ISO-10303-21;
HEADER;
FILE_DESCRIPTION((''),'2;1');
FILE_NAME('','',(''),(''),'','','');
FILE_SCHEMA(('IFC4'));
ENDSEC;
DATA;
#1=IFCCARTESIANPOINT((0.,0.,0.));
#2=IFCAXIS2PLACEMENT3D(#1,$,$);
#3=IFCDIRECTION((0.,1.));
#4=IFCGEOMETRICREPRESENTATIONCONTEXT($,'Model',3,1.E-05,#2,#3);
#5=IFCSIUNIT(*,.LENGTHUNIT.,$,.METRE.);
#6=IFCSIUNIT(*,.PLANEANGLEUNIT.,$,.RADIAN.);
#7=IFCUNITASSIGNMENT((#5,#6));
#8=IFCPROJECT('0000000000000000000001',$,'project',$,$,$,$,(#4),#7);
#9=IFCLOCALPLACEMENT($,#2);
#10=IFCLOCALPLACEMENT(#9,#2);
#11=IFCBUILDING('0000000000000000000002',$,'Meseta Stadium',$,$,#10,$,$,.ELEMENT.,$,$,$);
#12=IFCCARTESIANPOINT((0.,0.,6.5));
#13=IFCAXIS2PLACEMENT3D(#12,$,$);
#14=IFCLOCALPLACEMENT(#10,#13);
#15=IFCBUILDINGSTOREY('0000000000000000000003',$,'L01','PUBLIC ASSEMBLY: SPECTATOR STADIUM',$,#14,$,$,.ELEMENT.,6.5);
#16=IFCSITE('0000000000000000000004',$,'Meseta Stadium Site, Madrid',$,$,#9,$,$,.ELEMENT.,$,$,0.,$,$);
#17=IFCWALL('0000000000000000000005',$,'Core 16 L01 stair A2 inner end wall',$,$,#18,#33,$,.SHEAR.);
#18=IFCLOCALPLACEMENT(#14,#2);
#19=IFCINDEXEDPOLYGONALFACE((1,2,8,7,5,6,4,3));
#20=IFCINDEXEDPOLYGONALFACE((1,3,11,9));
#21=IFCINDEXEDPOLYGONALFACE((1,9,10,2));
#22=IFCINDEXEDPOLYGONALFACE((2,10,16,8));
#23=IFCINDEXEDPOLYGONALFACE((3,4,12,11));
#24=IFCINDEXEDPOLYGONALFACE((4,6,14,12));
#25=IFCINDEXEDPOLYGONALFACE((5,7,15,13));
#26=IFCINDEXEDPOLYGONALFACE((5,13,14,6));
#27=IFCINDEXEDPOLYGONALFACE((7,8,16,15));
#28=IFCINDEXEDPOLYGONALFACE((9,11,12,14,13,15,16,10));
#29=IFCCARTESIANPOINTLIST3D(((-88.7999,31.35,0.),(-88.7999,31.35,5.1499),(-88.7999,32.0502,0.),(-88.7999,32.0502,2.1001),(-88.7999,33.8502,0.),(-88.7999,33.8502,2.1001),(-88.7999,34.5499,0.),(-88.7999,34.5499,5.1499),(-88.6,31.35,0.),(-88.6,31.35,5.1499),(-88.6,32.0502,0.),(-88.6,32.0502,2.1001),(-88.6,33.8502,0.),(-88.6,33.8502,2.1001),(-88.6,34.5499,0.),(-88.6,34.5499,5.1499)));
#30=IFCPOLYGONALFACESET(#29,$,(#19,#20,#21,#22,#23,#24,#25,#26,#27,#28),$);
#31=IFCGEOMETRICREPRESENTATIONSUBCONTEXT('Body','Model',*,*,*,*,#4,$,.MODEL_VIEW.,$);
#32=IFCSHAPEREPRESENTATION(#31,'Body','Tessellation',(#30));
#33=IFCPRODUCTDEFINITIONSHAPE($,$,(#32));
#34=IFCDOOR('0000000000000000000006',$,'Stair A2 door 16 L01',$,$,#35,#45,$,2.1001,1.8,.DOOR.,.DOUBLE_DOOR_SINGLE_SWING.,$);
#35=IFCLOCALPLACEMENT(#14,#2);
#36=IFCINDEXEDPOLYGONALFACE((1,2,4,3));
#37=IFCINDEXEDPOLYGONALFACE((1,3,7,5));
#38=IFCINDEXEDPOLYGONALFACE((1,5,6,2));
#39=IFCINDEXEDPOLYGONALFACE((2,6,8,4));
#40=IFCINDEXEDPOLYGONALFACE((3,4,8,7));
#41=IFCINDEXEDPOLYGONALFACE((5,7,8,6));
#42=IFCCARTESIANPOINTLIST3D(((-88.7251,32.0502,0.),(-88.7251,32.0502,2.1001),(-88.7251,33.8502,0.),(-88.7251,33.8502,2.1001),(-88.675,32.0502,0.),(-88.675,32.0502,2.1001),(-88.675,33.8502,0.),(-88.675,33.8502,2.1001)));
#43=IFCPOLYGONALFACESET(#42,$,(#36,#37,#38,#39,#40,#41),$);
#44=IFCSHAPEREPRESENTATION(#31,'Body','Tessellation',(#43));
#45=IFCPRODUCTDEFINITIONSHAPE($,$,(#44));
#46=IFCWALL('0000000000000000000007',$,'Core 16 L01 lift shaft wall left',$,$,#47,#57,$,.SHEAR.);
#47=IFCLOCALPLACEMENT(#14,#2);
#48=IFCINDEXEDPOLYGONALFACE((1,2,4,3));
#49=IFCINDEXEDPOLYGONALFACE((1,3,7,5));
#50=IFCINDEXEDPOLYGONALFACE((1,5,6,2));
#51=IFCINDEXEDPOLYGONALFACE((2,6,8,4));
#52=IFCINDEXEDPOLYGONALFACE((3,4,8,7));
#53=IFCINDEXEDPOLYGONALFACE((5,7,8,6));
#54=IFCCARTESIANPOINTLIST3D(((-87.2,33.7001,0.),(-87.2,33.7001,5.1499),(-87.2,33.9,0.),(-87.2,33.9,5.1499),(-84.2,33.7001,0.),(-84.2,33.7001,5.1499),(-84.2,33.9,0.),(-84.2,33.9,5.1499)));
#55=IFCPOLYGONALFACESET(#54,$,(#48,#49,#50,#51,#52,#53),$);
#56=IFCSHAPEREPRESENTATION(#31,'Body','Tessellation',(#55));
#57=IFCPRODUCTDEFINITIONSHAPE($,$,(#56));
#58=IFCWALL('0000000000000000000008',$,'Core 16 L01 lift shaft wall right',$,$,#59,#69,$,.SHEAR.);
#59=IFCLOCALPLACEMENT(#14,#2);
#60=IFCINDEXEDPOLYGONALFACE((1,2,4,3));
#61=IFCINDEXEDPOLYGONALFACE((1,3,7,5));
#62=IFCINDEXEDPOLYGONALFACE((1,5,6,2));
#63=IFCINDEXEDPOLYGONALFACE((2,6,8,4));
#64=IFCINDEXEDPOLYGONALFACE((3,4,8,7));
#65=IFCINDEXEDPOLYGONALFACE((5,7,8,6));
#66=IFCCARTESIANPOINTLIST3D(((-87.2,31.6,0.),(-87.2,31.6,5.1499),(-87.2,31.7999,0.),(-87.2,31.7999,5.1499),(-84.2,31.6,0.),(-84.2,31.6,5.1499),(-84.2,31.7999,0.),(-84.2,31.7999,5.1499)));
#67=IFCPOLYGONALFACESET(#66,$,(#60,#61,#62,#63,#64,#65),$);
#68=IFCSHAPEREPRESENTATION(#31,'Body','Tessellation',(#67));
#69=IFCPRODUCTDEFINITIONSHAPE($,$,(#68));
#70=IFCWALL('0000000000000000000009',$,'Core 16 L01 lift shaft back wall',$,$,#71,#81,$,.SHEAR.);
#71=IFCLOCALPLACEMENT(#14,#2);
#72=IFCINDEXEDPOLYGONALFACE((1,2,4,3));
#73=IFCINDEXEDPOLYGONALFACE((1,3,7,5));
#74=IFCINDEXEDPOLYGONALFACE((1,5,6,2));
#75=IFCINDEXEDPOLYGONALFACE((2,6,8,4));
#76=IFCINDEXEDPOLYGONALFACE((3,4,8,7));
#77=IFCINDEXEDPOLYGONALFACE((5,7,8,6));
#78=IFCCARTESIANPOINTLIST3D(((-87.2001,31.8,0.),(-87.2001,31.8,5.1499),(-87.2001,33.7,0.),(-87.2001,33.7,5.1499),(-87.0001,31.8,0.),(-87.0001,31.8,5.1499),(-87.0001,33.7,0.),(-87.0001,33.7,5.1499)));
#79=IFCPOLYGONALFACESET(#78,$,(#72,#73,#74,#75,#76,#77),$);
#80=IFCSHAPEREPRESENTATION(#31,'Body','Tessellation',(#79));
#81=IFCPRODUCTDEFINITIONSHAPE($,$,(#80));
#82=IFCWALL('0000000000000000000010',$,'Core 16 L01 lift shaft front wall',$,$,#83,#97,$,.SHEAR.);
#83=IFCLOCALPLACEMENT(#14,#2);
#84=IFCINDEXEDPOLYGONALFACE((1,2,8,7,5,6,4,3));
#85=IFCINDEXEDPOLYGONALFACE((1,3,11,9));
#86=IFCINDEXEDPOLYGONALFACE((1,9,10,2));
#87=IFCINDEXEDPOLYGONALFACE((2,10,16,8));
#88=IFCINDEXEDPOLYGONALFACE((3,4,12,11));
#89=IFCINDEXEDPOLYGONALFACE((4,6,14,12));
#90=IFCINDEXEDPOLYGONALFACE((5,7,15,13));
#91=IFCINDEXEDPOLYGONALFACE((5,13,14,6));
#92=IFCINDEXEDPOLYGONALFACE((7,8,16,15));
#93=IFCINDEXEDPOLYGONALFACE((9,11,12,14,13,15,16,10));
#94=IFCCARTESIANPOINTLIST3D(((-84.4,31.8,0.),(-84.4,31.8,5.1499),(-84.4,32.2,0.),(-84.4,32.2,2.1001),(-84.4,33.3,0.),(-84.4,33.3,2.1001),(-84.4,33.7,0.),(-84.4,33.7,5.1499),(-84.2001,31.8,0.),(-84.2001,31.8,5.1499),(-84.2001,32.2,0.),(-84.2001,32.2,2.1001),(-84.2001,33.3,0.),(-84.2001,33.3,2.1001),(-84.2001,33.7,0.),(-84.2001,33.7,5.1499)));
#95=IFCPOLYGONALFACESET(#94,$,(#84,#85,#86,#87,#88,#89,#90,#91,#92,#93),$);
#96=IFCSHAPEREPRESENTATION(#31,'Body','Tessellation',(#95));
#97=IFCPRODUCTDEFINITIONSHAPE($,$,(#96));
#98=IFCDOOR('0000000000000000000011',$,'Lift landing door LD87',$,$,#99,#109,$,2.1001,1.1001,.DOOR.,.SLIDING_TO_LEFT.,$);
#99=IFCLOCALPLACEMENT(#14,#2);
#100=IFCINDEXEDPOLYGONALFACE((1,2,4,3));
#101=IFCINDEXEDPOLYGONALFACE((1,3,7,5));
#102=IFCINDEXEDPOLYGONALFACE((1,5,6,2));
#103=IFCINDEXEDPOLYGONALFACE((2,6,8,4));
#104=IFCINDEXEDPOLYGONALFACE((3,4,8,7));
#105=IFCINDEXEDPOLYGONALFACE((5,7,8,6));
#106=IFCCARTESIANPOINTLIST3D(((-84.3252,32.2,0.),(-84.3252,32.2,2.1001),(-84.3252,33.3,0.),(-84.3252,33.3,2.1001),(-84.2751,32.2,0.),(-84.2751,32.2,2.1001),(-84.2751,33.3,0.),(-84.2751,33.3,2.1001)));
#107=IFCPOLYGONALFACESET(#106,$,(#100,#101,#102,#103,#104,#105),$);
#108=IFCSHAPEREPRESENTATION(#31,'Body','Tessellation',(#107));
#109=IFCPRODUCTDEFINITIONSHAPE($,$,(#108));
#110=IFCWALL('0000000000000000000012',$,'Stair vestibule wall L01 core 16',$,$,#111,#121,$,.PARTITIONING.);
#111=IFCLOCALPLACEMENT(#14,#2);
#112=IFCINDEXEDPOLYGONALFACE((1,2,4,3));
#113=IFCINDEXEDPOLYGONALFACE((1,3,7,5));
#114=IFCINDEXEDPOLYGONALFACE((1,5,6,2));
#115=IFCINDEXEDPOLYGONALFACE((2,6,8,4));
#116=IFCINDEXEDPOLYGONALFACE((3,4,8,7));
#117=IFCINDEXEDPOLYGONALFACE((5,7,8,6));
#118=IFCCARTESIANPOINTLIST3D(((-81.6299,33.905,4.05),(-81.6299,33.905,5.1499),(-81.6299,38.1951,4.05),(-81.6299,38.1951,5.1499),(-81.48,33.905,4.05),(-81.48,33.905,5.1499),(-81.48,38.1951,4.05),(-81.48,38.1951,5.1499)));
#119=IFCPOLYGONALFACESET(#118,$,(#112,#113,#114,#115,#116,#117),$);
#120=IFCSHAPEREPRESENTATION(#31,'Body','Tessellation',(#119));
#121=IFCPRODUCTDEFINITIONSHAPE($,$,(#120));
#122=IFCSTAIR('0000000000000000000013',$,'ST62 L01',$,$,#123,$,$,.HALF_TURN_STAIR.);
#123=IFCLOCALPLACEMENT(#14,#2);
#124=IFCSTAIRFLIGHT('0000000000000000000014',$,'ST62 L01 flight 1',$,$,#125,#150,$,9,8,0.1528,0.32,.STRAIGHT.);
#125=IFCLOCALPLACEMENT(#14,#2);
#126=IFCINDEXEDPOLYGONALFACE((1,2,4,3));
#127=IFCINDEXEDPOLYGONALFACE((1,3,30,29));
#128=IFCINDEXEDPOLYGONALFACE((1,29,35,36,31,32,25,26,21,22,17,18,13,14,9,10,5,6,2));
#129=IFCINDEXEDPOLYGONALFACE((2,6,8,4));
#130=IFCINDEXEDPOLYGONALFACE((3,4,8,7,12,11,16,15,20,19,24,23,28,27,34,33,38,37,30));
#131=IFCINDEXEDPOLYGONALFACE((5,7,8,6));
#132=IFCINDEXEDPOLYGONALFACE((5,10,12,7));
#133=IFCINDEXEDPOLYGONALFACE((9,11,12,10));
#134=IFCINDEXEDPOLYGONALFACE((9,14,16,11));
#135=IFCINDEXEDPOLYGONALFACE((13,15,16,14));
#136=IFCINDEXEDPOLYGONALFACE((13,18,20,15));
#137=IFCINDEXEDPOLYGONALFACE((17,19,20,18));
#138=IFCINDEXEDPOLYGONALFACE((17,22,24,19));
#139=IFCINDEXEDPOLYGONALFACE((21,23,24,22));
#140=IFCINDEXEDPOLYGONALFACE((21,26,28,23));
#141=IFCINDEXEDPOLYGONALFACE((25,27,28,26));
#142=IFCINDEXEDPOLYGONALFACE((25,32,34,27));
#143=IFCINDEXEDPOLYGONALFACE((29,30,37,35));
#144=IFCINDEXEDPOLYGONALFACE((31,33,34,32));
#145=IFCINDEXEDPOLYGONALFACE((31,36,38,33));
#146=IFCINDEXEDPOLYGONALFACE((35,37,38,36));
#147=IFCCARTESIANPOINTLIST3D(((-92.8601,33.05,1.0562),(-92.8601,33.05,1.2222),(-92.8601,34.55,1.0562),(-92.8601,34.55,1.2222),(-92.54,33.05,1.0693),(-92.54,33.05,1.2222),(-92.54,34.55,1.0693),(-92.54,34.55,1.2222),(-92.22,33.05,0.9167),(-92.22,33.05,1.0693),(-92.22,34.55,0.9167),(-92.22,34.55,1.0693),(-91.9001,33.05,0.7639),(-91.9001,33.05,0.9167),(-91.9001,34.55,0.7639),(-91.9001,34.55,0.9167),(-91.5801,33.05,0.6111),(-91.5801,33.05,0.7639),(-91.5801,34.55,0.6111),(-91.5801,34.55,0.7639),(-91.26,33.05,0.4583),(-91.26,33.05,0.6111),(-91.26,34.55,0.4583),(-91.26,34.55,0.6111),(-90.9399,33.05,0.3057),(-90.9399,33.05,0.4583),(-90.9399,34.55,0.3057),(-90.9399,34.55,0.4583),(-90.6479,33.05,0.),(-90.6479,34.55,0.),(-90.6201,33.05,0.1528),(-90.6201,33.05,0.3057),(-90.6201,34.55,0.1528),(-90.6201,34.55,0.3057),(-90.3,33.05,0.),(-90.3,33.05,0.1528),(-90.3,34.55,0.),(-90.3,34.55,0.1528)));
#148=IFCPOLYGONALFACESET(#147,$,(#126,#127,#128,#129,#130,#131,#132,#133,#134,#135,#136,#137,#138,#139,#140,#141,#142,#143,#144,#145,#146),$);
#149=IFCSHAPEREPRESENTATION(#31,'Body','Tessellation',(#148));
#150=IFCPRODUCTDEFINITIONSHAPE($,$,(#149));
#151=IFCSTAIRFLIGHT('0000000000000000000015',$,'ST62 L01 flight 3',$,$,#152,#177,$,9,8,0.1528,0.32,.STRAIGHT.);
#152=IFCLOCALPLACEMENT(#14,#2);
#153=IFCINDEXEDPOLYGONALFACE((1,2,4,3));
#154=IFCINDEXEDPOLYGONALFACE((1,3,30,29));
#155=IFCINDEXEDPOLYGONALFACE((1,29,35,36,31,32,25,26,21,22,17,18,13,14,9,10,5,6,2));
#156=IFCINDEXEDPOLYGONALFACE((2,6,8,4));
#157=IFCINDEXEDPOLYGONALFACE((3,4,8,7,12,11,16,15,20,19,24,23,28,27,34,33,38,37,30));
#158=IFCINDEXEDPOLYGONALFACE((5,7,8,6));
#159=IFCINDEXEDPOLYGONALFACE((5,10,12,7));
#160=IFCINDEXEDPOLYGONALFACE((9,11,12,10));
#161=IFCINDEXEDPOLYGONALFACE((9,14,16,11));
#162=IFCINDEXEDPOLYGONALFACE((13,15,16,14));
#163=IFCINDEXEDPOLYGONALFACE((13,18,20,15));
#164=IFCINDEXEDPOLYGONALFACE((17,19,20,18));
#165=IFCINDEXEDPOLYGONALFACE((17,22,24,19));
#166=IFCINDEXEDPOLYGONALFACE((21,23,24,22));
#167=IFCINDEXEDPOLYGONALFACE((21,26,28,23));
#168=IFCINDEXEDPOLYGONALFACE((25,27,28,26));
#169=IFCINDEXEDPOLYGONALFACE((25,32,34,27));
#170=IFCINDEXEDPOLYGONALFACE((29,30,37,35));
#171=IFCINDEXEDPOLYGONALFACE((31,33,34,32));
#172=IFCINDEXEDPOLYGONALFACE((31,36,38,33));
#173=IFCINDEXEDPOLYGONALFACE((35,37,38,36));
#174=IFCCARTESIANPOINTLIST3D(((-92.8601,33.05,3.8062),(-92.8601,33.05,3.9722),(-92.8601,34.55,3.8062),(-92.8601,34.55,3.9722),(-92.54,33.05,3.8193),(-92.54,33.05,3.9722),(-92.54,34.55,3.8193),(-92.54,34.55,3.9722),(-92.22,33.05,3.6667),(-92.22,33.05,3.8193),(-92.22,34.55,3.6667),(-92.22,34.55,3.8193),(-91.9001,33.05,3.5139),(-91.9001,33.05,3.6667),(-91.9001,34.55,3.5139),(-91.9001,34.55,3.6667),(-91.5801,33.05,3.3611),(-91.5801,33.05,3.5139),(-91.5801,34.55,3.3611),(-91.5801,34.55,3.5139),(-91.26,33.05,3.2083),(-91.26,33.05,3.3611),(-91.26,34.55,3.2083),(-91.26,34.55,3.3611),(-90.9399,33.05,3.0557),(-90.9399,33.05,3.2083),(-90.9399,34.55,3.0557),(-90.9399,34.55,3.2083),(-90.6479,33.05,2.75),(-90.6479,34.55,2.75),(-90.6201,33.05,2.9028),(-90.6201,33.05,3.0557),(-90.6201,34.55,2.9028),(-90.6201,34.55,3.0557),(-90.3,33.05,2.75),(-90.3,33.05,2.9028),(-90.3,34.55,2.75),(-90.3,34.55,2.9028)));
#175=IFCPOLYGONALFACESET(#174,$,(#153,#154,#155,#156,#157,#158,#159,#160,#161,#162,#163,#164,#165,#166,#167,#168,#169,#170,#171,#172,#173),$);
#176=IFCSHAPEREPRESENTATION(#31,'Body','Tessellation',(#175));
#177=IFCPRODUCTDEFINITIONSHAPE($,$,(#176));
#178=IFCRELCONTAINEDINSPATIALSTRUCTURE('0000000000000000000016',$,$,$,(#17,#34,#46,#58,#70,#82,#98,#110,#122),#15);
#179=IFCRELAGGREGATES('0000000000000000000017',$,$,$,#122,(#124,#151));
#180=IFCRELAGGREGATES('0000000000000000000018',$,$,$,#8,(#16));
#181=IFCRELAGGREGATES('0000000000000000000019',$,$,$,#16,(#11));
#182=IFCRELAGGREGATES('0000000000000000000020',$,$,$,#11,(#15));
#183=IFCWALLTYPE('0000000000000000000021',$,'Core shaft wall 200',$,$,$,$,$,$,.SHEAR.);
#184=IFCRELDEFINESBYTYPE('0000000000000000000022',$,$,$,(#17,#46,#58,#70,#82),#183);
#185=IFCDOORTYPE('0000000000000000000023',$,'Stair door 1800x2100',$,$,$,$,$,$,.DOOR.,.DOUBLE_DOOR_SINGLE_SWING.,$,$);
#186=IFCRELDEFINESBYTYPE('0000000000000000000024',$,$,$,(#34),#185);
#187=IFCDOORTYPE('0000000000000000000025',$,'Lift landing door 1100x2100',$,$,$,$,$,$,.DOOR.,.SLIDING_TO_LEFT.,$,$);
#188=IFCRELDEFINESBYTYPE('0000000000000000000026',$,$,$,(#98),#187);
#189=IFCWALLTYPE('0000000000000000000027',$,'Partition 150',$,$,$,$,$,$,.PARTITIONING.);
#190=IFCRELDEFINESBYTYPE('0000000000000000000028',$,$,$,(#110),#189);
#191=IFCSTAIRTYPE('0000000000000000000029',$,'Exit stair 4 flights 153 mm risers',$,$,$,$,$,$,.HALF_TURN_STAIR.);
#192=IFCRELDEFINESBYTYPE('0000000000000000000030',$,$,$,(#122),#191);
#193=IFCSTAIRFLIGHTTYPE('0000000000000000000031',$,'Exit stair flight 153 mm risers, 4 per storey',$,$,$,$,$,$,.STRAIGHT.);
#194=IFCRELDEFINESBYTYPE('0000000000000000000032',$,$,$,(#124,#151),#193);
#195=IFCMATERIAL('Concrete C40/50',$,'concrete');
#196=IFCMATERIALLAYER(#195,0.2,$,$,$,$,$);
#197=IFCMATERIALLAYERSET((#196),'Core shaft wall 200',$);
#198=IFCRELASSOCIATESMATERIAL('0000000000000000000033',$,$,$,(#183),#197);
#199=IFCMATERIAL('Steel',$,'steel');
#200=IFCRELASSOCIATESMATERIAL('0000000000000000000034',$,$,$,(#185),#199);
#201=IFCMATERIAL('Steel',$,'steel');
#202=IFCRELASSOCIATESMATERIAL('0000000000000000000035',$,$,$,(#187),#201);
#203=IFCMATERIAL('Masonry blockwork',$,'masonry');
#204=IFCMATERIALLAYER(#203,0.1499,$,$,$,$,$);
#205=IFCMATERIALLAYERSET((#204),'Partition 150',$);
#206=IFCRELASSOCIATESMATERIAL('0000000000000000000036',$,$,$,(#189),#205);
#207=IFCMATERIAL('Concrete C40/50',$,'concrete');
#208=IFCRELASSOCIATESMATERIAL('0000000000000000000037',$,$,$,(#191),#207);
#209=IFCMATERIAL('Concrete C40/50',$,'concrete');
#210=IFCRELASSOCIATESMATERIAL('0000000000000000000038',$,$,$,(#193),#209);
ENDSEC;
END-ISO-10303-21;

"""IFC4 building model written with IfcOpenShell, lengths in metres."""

from ifc_helpers import new_model, si_unit, direction, frame, frame_2d, origin, place, context, subcontext, project, spatial, polyline, rectangle, outline, extrude, material, layer, layer_set, type_object, element, fill, aggregate, save


model = new_model("IFC4")

# Units and contexts
model_context = context("Model", 3, precision=1e-05, world=origin(), true_north=direction((0.0, 1.0)))
body_context = subcontext(model_context, "Body", "Model", "MODEL_VIEW")
ifc_project = project(units=[si_unit("LENGTHUNIT", "METRE"), si_unit("PLANEANGLEUNIT", "RADIAN")], contexts=[model_context])

# Site, building, storey
site_placement = place(None, origin())
site = spatial("IfcSite", under=ifc_project, at=site_placement, Name="Meseta Stadium Site, Madrid", CompositionType="ELEMENT", RefElevation=0.0)
building_placement = place(site_placement, origin())
building = spatial("IfcBuilding", under=site, at=building_placement, Name="Meseta Stadium", CompositionType="ELEMENT")
storey_placement = place(building_placement, frame((0.0, 0.0, 6.5)))
storey = spatial("IfcBuildingStorey", under=building, at=storey_placement, Name="L01", Description="PUBLIC ASSEMBLY: SPECTATOR STADIUM", CompositionType="ELEMENT", Elevation=6.5)

# Wall, opening, door
ifc_material_1 = material(Name="Concrete C40/50", Category="concrete")
ifc_layer_1 = layer(ifc_material_1, 0.2)
ifc_layer_set_1 = layer_set([ifc_layer_1], Name="Core shaft wall 200")
wall_type_1 = type_object("IfcWallType", Name="Core shaft wall 200", PredefinedType="SHEAR", material=ifc_layer_set_1)
wall_1_placement = place(storey_placement, frame((-88.7, 34.55, 0.0), z_axis=(0.0, 0.0, 1.0), x_axis=(0.0, -1.0, 0.0)))
wall_1 = element("IfcWall", 1, at=wall_1_placement, inside=storey, type_object=wall_type_1, Name="Core 16 L01 stair A2 inner end wall", PredefinedType="SHEAR", context=body_context, shape_type="SweptSolid", body=[
    extrude(rectangle(XDim=3.2, YDim=0.2, at=frame_2d((1.6001, 0.0))), origin(), (0.0, 0.0, 1.0), 5.1499),
])
opening_1_placement = place(wall_1_placement, frame((0.7, 0.0, 0.0)))
opening_1 = element("IfcOpeningElement", 2, at=opening_1_placement, cuts=wall_1, PredefinedType="OPENING", context=body_context, shape_type="SweptSolid", body=[
    extrude(rectangle(XDim=1.8, YDim=2.1001, at=frame_2d((0.8999, 1.05))), frame((0.0, 0.1099, 0.0), z_axis=(0.0, -1.0, 0.0), x_axis=(1.0, 0.0, 0.0)), (0.0, 0.0, 1.0), 0.22),
])
ifc_material_2 = material(Name="Steel", Category="steel")
door_type_1 = type_object("IfcDoorType", Name="Stair door 1800x2100", OperationType="DOUBLE_DOOR_SINGLE_SWING", PredefinedType="DOOR", material=ifc_material_2)
door_1_placement = place(opening_1_placement, origin())
door_1 = element("IfcDoor", 3, at=door_1_placement, inside=storey, type_object=door_type_1, Name="Stair A2 door 16 L01", OperationType="DOUBLE_DOOR_SINGLE_SWING", OverallHeight=2.1001, OverallWidth=1.8, PredefinedType="DOOR", context=body_context, shape_type="SweptSolid", body=[
    extrude(rectangle(XDim=1.8, YDim=2.1001, at=frame_2d((0.8999, 1.05))), frame((0.0, 0.0249, 0.0), z_axis=(0.0, -1.0, 0.0), x_axis=(1.0, 0.0, 0.0)), (0.0, 0.0, 1.0), 0.05),
])
fill(opening_1, door_1)

# Walls
for number, where, z_axis, x_axis, name in (
    (4, (-87.2, 33.8, 0.0), (0.0, 0.0, 1.0), (1.0, 0.0, 0.0), "Core 16 L01 lift shaft wall left"),
    (5, (-87.2, 31.7, 0.0), (0.0, 0.0, 1.0), (1.0, 0.0, 0.0), "Core 16 L01 lift shaft wall right"),
):
    element("IfcWall", number, at=place(storey_placement, frame(where, z_axis=z_axis, x_axis=x_axis)), inside=storey, type_object=wall_type_1, Name=name, PredefinedType="SHEAR", context=body_context, shape_type="SweptSolid", body=[
        extrude(rectangle(XDim=3.0, YDim=0.2, at=frame_2d((1.5, 0.0))), origin(), (0.0, 0.0, 1.0), 5.1499),
    ])
wall_2_placement = place(storey_placement, frame((-87.1001, 33.7, 0.0), z_axis=(0.0, 0.0, 1.0), x_axis=(0.0, -1.0, 0.0)))
element("IfcWall", 6, at=wall_2_placement, inside=storey, type_object=wall_type_1, Name="Core 16 L01 lift shaft back wall", PredefinedType="SHEAR", context=body_context, shape_type="SweptSolid", body=[
    extrude(rectangle(XDim=1.8999, YDim=0.2, at=frame_2d((0.95, 0.0))), origin(), (0.0, 0.0, 1.0), 5.1499),
])

# Wall, opening, door
wall_3_placement = place(storey_placement, frame((-84.3, 33.7, 0.0), z_axis=(0.0, 0.0, 1.0), x_axis=(0.0, -1.0, 0.0)))
wall_3 = element("IfcWall", 7, at=wall_3_placement, inside=storey, type_object=wall_type_1, Name="Core 16 L01 lift shaft front wall", PredefinedType="SHEAR", context=body_context, shape_type="SweptSolid", body=[
    extrude(rectangle(XDim=1.8999, YDim=0.2, at=frame_2d((0.95, 0.0))), origin(), (0.0, 0.0, 1.0), 5.1499),
])
opening_2_placement = place(wall_3_placement, frame((0.3999, 0.0, 0.0)))
opening_2 = element("IfcOpeningElement", 8, at=opening_2_placement, cuts=wall_3, PredefinedType="OPENING", context=body_context, shape_type="SweptSolid", body=[
    extrude(rectangle(XDim=1.1001, YDim=2.1001, at=frame_2d((0.55, 1.05))), frame((0.0, 0.1099, 0.0), z_axis=(0.0, -1.0, 0.0), x_axis=(1.0, 0.0, 0.0)), (0.0, 0.0, 1.0), 0.22),
])
ifc_material_3 = material(Name="Steel", Category="steel")
door_type_2 = type_object("IfcDoorType", Name="Lift landing door 1100x2100", OperationType="SLIDING_TO_LEFT", PredefinedType="DOOR", material=ifc_material_3)
door_2_placement = place(opening_2_placement, origin())
door_2 = element("IfcDoor", 9, at=door_2_placement, inside=storey, type_object=door_type_2, Name="Lift landing door LD87", OperationType="SLIDING_TO_LEFT", OverallHeight=2.1001, OverallWidth=1.1001, PredefinedType="DOOR", context=body_context, shape_type="SweptSolid", body=[
    extrude(rectangle(XDim=1.1001, YDim=2.1001, at=frame_2d((0.55, 1.05))), frame((0.0, 0.0249, 0.0), z_axis=(0.0, -1.0, 0.0), x_axis=(1.0, 0.0, 0.0)), (0.0, 0.0, 1.0), 0.05),
])
fill(opening_2, door_2)

# Wall
ifc_material_4 = material(Name="Masonry blockwork", Category="masonry")
ifc_layer_2 = layer(ifc_material_4, 0.1499)
ifc_layer_set_2 = layer_set([ifc_layer_2], Name="Partition 150")
wall_type_2 = type_object("IfcWallType", Name="Partition 150", PredefinedType="PARTITIONING", material=ifc_layer_set_2)
wall_4_placement = place(storey_placement, frame((-81.5549, 33.905, 4.05), z_axis=(0.0, 0.0, 1.0), x_axis=(0.0, 1.0, 0.0)))
element("IfcWall", 10, at=wall_4_placement, inside=storey, type_object=wall_type_2, Name="Stair vestibule wall L01 core 16", PredefinedType="PARTITIONING", context=body_context, shape_type="SweptSolid", body=[
    extrude(rectangle(XDim=4.29, YDim=0.1499, at=frame_2d((2.145, 0.0))), origin(), (0.0, 0.0, 1.0), 1.0999),
])

# Stair, stair flights
ifc_material_5 = material(Name="Concrete C40/50", Category="concrete")
stair_type = type_object("IfcStairType", Name="Exit stair 4 flights 153 mm risers", PredefinedType="HALF_TURN_STAIR", material=ifc_material_5)
stair_placement = place(storey_placement, origin())
stair = element("IfcStair", 11, at=stair_placement, inside=storey, type_object=stair_type, Name="ST62 L01", PredefinedType="HALF_TURN_STAIR")
ifc_material_6 = material(Name="Concrete C40/50", Category="concrete")
stair_flight_type = type_object("IfcStairFlightType", Name="Exit stair flight 153 mm risers, 4 per storey", PredefinedType="STRAIGHT", material=ifc_material_6)
stair_flight_1_placement = place(storey_placement, frame((-90.3, 33.8, 0.0), z_axis=(0.0, 0.0, 1.0), x_axis=(-1.0, 0.0, 0.0)))
stair_flight_1 = element("IfcStairFlight", 12, at=stair_flight_1_placement, type_object=stair_flight_type, Name="ST62 L01 flight 1", NumberOfRisers=9, NumberOfTreads=8, PredefinedType="STRAIGHT", RiserHeight=0.1528, TreadLength=0.32, context=body_context, shape_type="SweptSolid", body=[
    extrude(outline(polyline([(0.0, 0.0), (0.0, 0.1528), (0.3201, 0.1528), (0.3201, 0.3057), (0.6399, 0.3057), (0.6399, 0.4583), (0.96, 0.4583), (0.96, 0.6111), (1.28, 0.6111), (1.28, 0.7639), (1.6001, 0.7639), (1.6001, 0.9167), (1.9199, 0.9167), (1.9199, 1.0693), (2.24, 1.0693), (2.24, 1.2222), (2.5601, 1.2222), (2.5601, 1.0562), (0.3479, 0.0), (0.0, 0.0)])), frame((0.0, 0.75, 0.0), z_axis=(0.0, -1.0, 0.0), x_axis=(1.0, 0.0, 0.0)), (0.0, 0.0, 1.0), 1.5),
])
stair_flight_2_placement = place(storey_placement, frame((-90.3, 33.8, 2.75), z_axis=(0.0, 0.0, 1.0), x_axis=(-1.0, 0.0, 0.0)))
stair_flight_2 = element("IfcStairFlight", 13, at=stair_flight_2_placement, type_object=stair_flight_type, Name="ST62 L01 flight 3", NumberOfRisers=9, NumberOfTreads=8, PredefinedType="STRAIGHT", RiserHeight=0.1528, TreadLength=0.32, context=body_context, shape_type="SweptSolid", body=[
    extrude(outline(polyline([(0.0, 0.0), (0.0, 0.1528), (0.3201, 0.1528), (0.3201, 0.3057), (0.6399, 0.3057), (0.6399, 0.4583), (0.96, 0.4583), (0.96, 0.6111), (1.28, 0.6111), (1.28, 0.7639), (1.6001, 0.7639), (1.6001, 0.9167), (1.9199, 0.9167), (1.9199, 1.0693), (2.24, 1.0693), (2.24, 1.2222), (2.5601, 1.2222), (2.5601, 1.0562), (0.3479, 0.0), (0.0, 0.0)])), frame((0.0, 0.75, 0.0), z_axis=(0.0, -1.0, 0.0), x_axis=(1.0, 0.0, 0.0)), (0.0, 0.0, 1.0), 1.5),
])
aggregate(stair, [stair_flight_1, stair_flight_2])

save(model, "model.ifc")
